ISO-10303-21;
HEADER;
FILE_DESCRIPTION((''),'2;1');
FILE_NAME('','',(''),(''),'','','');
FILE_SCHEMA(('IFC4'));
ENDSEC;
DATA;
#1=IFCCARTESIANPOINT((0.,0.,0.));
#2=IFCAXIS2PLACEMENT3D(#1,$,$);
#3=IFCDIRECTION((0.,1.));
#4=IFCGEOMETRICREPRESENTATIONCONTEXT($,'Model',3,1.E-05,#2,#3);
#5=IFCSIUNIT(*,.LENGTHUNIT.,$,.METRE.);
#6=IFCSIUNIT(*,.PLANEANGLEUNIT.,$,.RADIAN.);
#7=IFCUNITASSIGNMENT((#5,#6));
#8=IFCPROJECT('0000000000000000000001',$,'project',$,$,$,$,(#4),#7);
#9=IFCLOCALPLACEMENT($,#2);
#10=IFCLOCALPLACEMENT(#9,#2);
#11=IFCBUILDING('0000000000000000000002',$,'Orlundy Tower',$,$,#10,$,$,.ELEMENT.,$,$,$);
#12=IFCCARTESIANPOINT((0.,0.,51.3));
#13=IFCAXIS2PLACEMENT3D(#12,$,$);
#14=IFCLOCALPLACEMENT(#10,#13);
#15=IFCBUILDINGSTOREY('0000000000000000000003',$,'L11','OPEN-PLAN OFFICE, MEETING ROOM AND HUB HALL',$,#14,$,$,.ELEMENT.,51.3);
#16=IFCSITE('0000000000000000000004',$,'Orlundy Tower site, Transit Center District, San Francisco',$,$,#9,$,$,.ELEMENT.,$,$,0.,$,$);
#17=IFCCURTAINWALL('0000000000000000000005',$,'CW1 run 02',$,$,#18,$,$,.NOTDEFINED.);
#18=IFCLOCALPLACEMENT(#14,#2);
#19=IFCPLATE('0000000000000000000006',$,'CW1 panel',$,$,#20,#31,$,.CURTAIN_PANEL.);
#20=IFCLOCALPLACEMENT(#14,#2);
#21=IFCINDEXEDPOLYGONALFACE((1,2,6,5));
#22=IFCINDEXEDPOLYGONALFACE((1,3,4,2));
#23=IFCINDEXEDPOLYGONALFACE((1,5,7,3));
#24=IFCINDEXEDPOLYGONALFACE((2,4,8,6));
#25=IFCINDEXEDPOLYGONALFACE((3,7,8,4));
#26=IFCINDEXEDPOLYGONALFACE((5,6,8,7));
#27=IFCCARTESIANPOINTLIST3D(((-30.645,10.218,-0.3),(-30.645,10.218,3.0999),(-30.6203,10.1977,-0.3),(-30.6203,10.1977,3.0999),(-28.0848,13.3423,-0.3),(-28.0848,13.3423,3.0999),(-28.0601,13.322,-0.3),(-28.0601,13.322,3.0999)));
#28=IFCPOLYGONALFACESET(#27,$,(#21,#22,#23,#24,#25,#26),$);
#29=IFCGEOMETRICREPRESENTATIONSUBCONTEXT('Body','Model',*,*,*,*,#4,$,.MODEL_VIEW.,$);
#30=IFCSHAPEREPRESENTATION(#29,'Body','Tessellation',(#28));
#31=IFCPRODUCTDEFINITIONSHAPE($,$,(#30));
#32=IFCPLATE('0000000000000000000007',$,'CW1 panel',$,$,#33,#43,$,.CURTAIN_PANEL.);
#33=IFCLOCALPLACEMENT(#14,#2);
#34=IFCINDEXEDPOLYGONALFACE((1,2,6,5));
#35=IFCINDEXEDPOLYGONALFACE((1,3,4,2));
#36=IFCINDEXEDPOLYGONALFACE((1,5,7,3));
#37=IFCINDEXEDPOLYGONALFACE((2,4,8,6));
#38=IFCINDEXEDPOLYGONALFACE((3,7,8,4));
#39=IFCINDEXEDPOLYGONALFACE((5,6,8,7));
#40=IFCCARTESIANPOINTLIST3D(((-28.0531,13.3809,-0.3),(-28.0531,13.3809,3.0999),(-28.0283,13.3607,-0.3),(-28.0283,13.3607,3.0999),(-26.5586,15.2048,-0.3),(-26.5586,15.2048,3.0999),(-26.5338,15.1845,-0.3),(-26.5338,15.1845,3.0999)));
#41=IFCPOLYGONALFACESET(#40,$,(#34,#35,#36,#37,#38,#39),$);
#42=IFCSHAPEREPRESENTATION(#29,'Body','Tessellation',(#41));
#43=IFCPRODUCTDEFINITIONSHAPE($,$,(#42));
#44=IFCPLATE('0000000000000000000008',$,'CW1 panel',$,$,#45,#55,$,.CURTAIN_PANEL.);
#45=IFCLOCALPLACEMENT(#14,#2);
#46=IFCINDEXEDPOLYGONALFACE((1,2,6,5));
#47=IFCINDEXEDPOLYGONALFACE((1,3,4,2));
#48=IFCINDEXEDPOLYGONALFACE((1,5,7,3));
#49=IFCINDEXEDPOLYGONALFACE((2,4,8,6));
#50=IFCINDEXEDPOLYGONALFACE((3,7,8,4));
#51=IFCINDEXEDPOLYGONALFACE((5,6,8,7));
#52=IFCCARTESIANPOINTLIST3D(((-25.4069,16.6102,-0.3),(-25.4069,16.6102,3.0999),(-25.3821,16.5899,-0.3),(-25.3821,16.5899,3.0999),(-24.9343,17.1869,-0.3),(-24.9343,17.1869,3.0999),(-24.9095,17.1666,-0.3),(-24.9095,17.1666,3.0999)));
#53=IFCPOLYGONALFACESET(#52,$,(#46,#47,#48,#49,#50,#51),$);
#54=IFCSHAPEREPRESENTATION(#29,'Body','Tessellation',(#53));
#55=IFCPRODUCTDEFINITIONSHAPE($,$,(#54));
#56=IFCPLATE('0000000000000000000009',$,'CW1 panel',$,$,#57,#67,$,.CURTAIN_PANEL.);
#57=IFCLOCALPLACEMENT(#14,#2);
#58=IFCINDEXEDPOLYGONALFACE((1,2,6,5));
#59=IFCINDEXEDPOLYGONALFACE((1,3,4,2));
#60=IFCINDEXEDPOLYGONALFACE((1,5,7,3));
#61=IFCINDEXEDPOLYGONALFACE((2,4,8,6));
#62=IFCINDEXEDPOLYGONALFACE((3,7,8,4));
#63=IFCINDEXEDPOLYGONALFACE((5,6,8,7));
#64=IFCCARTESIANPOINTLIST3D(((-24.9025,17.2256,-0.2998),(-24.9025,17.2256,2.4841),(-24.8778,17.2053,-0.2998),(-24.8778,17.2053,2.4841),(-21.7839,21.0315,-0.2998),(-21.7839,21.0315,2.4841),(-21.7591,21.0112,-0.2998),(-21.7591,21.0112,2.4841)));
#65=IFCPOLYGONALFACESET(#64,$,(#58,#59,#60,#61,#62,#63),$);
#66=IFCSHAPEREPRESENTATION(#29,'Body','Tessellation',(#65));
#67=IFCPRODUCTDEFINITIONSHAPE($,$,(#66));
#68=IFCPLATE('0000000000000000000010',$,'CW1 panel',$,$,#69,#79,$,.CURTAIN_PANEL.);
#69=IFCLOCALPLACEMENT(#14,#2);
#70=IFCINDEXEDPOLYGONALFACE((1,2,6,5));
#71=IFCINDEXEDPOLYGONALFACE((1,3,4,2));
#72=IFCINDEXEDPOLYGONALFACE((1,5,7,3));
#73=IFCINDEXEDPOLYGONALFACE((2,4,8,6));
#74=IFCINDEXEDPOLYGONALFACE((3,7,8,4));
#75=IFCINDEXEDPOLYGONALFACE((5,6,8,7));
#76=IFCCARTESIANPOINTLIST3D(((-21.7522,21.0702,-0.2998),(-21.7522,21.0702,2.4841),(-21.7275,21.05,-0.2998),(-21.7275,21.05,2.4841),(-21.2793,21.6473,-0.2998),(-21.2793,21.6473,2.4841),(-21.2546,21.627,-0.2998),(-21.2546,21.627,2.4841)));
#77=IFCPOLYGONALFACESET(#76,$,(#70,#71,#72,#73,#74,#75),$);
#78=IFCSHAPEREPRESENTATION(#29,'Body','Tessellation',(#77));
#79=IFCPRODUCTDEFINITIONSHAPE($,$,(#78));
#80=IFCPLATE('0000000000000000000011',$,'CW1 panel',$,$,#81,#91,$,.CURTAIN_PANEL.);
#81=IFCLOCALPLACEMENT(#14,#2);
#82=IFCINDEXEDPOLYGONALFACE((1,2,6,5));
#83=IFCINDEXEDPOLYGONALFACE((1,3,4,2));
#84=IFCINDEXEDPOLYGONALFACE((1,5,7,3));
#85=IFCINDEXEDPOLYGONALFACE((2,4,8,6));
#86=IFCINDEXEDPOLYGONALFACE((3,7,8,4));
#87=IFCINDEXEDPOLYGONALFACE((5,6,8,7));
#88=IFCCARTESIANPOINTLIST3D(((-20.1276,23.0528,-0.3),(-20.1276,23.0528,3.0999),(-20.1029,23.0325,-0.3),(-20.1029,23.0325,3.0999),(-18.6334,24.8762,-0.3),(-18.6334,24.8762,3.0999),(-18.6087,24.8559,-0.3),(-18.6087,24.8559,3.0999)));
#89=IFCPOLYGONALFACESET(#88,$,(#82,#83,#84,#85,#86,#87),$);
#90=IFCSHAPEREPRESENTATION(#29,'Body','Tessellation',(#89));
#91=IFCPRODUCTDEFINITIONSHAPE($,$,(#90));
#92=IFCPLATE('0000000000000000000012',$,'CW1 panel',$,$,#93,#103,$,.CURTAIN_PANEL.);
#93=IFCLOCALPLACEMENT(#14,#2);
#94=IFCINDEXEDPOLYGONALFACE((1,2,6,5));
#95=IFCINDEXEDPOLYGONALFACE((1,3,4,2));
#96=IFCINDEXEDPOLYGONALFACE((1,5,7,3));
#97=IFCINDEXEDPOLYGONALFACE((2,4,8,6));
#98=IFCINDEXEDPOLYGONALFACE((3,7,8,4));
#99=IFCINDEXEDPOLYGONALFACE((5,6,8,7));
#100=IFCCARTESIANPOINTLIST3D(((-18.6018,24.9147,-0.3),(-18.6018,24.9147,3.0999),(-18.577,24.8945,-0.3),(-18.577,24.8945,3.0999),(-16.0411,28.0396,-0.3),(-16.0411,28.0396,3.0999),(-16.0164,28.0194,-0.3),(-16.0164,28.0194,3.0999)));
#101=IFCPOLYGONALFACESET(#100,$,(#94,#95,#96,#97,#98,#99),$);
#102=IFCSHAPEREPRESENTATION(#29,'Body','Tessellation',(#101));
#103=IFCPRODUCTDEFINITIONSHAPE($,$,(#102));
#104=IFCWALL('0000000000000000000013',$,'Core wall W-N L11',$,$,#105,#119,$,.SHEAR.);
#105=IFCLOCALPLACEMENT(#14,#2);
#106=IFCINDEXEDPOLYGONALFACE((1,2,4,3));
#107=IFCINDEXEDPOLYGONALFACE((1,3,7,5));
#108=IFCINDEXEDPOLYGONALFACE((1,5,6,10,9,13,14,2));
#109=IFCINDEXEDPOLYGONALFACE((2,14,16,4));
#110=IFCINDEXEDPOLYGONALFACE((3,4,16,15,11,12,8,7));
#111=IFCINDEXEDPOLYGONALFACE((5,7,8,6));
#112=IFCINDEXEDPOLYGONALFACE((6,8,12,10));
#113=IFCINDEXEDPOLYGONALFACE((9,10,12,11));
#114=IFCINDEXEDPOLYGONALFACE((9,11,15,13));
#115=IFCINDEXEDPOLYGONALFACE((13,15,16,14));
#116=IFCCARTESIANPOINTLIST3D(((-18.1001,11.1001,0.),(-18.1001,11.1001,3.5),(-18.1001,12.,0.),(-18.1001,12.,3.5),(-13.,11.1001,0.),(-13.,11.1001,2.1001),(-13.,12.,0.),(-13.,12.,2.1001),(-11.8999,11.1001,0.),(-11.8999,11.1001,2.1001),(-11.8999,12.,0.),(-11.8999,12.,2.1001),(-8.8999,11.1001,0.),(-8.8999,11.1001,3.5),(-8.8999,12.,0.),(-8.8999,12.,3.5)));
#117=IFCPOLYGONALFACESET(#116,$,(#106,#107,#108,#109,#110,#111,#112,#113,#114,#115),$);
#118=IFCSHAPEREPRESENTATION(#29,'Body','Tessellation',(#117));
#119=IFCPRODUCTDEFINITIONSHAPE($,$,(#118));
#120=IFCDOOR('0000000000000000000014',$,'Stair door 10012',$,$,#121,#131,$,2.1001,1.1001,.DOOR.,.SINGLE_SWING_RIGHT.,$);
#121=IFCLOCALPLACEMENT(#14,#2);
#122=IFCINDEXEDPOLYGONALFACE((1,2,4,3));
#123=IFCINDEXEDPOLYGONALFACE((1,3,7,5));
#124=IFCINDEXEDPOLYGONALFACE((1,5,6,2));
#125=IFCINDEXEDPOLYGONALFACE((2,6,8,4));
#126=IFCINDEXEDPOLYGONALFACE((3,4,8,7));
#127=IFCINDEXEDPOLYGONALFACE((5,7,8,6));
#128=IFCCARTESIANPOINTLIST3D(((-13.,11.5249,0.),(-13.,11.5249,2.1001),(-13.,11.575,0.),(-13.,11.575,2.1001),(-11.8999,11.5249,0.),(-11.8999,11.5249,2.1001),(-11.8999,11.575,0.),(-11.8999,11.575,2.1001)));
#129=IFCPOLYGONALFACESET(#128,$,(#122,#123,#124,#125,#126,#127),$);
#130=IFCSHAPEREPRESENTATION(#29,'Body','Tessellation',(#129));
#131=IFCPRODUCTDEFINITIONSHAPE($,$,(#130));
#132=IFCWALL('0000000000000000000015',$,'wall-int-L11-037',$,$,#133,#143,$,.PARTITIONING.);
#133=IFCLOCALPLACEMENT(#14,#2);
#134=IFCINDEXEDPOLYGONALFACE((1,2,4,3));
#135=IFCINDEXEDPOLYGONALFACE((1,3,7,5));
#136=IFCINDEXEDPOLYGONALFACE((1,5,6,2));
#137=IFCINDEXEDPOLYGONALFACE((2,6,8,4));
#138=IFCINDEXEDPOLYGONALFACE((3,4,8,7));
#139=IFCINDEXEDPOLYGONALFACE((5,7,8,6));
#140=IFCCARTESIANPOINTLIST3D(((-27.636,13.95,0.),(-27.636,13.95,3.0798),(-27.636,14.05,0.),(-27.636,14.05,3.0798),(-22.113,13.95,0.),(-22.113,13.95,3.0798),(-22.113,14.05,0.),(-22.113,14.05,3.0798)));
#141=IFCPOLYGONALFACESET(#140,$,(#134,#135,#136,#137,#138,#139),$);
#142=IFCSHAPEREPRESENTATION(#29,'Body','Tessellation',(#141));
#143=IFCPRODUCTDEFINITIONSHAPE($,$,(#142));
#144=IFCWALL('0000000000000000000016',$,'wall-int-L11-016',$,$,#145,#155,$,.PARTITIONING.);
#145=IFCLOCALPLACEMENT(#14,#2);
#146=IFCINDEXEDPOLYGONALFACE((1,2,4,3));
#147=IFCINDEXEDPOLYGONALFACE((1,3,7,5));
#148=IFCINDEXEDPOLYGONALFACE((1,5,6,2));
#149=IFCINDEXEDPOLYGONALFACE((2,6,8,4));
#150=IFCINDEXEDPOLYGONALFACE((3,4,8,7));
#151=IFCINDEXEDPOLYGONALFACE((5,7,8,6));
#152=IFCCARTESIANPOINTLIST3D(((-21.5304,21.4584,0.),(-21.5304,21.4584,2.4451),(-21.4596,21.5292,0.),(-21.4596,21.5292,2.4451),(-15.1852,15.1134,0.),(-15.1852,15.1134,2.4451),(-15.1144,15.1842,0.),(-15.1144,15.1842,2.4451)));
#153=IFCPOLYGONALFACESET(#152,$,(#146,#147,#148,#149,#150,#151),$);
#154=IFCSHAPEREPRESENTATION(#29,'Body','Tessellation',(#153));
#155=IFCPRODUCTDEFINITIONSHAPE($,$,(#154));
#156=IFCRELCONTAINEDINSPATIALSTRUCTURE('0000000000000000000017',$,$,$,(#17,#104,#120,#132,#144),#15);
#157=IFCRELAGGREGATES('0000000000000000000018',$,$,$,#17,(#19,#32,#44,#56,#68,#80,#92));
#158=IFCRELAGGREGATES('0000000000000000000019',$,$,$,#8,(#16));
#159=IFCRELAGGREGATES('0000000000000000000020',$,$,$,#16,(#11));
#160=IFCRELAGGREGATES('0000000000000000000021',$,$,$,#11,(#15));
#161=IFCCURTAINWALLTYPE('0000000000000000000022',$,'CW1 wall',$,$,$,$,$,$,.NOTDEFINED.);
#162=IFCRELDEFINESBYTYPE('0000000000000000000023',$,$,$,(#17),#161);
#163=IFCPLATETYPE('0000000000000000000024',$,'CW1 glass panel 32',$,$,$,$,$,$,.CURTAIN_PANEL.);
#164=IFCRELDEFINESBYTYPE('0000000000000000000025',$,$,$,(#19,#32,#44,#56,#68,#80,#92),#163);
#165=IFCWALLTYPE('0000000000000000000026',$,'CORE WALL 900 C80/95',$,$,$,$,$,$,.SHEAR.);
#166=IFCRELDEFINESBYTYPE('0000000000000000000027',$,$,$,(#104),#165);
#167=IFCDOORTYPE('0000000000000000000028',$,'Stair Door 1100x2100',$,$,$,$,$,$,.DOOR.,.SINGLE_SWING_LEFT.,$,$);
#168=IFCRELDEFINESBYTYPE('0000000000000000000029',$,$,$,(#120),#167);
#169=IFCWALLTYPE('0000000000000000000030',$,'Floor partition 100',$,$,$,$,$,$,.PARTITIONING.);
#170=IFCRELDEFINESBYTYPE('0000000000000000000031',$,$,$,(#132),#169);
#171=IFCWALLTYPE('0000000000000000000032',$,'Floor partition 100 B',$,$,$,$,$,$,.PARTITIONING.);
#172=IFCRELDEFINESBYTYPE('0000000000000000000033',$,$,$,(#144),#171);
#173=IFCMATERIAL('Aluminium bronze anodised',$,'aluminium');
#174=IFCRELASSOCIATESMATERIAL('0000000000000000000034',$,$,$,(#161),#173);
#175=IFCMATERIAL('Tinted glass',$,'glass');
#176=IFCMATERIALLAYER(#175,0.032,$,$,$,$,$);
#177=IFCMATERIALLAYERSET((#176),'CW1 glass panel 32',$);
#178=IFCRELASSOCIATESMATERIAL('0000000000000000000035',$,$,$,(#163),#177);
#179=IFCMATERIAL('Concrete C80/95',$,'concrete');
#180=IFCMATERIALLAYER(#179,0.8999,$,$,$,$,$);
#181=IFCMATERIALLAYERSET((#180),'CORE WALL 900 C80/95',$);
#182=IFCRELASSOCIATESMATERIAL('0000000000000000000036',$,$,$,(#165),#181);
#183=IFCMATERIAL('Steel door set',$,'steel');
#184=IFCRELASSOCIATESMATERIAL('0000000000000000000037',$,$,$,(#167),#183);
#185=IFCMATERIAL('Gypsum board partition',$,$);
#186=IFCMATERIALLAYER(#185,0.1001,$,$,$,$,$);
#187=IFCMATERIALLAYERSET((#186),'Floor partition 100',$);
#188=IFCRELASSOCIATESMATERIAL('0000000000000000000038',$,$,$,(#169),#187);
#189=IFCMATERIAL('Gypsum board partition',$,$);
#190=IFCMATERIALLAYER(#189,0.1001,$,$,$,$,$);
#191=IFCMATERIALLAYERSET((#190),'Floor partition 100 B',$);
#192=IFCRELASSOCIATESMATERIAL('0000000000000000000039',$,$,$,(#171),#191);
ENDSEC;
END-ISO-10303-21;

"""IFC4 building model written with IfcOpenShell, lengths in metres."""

from ifc_helpers import new_model, si_unit, direction, frame, frame_2d, origin, origin_2d, place, context, subcontext, project, spatial, rectangle, extrude, material, layer, layer_set, type_object, element, fill, aggregate, save


model = new_model("IFC4")

# Units and contexts
model_context = context("Model", 3, precision=1e-05, world=origin(), true_north=direction((0.0, 1.0)))
body_context = subcontext(model_context, "Body", "Model", "MODEL_VIEW")
ifc_project = project(units=[si_unit("LENGTHUNIT", "METRE"), si_unit("PLANEANGLEUNIT", "RADIAN")], contexts=[model_context])

# Site, building, storey
site_placement = place(None, origin())
site = spatial("IfcSite", under=ifc_project, at=site_placement, Name="Orlundy Tower site, Transit Center District, San Francisco", CompositionType="ELEMENT", RefElevation=0.0)
building_placement = place(site_placement, origin())
building = spatial("IfcBuilding", under=site, at=building_placement, Name="Orlundy Tower", CompositionType="ELEMENT")
storey_placement = place(building_placement, frame((0.0, 0.0, 51.3)))
storey = spatial("IfcBuildingStorey", under=building, at=storey_placement, Name="L11", Description="OPEN-PLAN OFFICE, MEETING ROOM AND HUB HALL", CompositionType="ELEMENT", Elevation=51.3)

# Shared definitions
ifc_material_1 = material(Name="Aluminium bronze anodised", Category="aluminium")
curtain_wall_type = type_object("IfcCurtainWallType", Name="CW1 wall", PredefinedType="NOTDEFINED", material=ifc_material_1)

# Curtain wall
curtain_wall_1_placement = place(storey_placement, origin())
curtain_wall_1 = element("IfcCurtainWall", 1, at=curtain_wall_1_placement, inside=storey, type_object=curtain_wall_type, Name="CW1 run 02", PredefinedType="NOTDEFINED")

# Plates
ifc_material_2 = material(Name="Tinted glass", Category="glass")
ifc_layer_1 = layer(ifc_material_2, 0.032)
ifc_layer_set_1 = layer_set([ifc_layer_1], Name="CW1 glass panel 32")
plate_type = type_object("IfcPlateType", Name="CW1 glass panel 32", PredefinedType="CURTAIN_PANEL", material=ifc_layer_set_1)
plate_1_placement = place(storey_placement, frame((-29.3525, 11.77, -0.3), z_axis=(0.0, 0.0, 1.0), x_axis=(0.633818, 0.773482, 0.0)))
plate_1 = element("IfcPlate", 2, at=plate_1_placement, type_object=plate_type, Name="CW1 panel", PredefinedType="CURTAIN_PANEL", context=body_context, shape_type="SweptSolid", body=[
    extrude(rectangle(XDim=4.0393, YDim=0.032, at=origin_2d()), origin(), (0.0, 0.0, 1.0), 3.3999),
])
plate_2_placement = place(storey_placement, frame((-27.2935, 14.2827, -0.3), z_axis=(0.0, 0.0, 1.0), x_axis=(0.633818, 0.773482, 0.0)))
plate_2 = element("IfcPlate", 3, at=plate_2_placement, type_object=plate_type, Name="CW1 panel", PredefinedType="CURTAIN_PANEL", context=body_context, shape_type="SweptSolid", body=[
    extrude(rectangle(XDim=2.3579, YDim=0.032, at=origin_2d()), origin(), (0.0, 0.0, 1.0), 3.3999),
])
plate_3_placement = place(storey_placement, frame((-25.1582, 16.8884, -0.3), z_axis=(0.0, 0.0, 1.0), x_axis=(0.633818, 0.773482, 0.0)))
plate_3 = element("IfcPlate", 4, at=plate_3_placement, type_object=plate_type, Name="CW1 panel", PredefinedType="CURTAIN_PANEL", context=body_context, shape_type="SweptSolid", body=[
    extrude(rectangle(XDim=0.7456, YDim=0.032, at=origin_2d()), origin(), (0.0, 0.0, 1.0), 3.3999),
])
plate_4_placement = place(storey_placement, frame((-23.3308, 19.1184, -0.2998), z_axis=(0.0, 0.0, 1.0), x_axis=(0.633818, 0.773482, 0.0)))
plate_4 = element("IfcPlate", 5, at=plate_4_placement, type_object=plate_type, Name="CW1 panel", PredefinedType="CURTAIN_PANEL", context=body_context, shape_type="SweptSolid", body=[
    extrude(rectangle(XDim=4.9204, YDim=0.032, at=origin_2d()), origin(), (0.0, 0.0, 1.0), 2.7839),
])
plate_5_placement = place(storey_placement, frame((-21.5034, 21.3486, -0.2998), z_axis=(0.0, 0.0, 1.0), x_axis=(0.633818, 0.773482, 0.0)))
plate_5 = element("IfcPlate", 6, at=plate_5_placement, type_object=plate_type, Name="CW1 panel", PredefinedType="CURTAIN_PANEL", context=body_context, shape_type="SweptSolid", body=[
    extrude(rectangle(XDim=0.7461, YDim=0.032, at=origin_2d()), origin(), (0.0, 0.0, 1.0), 2.7839),
])
plate_6_placement = place(storey_placement, frame((-19.3682, 23.9543, -0.3), z_axis=(0.0, 0.0, 1.0), x_axis=(0.633818, 0.773482, 0.0)))
plate_6 = element("IfcPlate", 7, at=plate_6_placement, type_object=plate_type, Name="CW1 panel", PredefinedType="CURTAIN_PANEL", context=body_context, shape_type="SweptSolid", body=[
    extrude(rectangle(XDim=2.3574, YDim=0.032, at=origin_2d()), origin(), (0.0, 0.0, 1.0), 3.3999),
])
plate_7_placement = place(storey_placement, frame((-17.3091, 26.467, -0.3), z_axis=(0.0, 0.0, 1.0), x_axis=(0.633818, 0.773482, 0.0)))
plate_7 = element("IfcPlate", 8, at=plate_7_placement, type_object=plate_type, Name="CW1 panel", PredefinedType="CURTAIN_PANEL", context=body_context, shape_type="SweptSolid", body=[
    extrude(rectangle(XDim=4.04, YDim=0.032, at=origin_2d()), origin(), (0.0, 0.0, 1.0), 3.3999),
])
aggregate(curtain_wall_1, [plate_1, plate_2, plate_3, plate_4, plate_5, plate_6, plate_7])

# Wall, opening, door
ifc_material_3 = material(Name="Concrete C80/95", Category="concrete")
ifc_layer_2 = layer(ifc_material_3, 0.8999)
ifc_layer_set_2 = layer_set([ifc_layer_2], Name="CORE WALL 900 C80/95")
wall_type_1 = type_object("IfcWallType", Name="CORE WALL 900 C80/95", PredefinedType="SHEAR", material=ifc_layer_set_2)
wall_1_placement = place(storey_placement, frame((-18.1001, 11.55, 0.0), z_axis=(0.0, 0.0, 1.0), x_axis=(1.0, 0.0, 0.0)))
wall_1 = element("IfcWall", 9, at=wall_1_placement, inside=storey, type_object=wall_type_1, Name="Core wall W-N L11", PredefinedType="SHEAR", context=body_context, shape_type="SweptSolid", body=[
    extrude(rectangle(XDim=9.2002, YDim=0.8999, at=frame_2d((4.6001, 0.0))), origin(), (0.0, 0.0, 1.0), 3.5),
])
opening_1_placement = place(wall_1_placement, frame((5.1001, 0.0, 0.0)))
opening_1 = element("IfcOpeningElement", 10, at=opening_1_placement, cuts=wall_1, PredefinedType="OPENING", context=body_context, shape_type="SweptSolid", body=[
    extrude(rectangle(XDim=1.1001, YDim=2.1001, at=frame_2d((0.55, 1.05))), frame((0.0, 0.46, 0.0), z_axis=(0.0, -1.0, 0.0), x_axis=(1.0, 0.0, 0.0)), (0.0, 0.0, 1.0), 0.9199),
])
ifc_material_4 = material(Name="Steel door set", Category="steel")
door_type_1 = type_object("IfcDoorType", Name="Stair Door 1100x2100", OperationType="SINGLE_SWING_LEFT", PredefinedType="DOOR", material=ifc_material_4)
door_1_placement = place(opening_1_placement, origin())
door_1 = element("IfcDoor", 11, at=door_1_placement, inside=storey, type_object=door_type_1, Name="Stair door 10012", OperationType="SINGLE_SWING_RIGHT", OverallHeight=2.1001, OverallWidth=1.1001, PredefinedType="DOOR", context=body_context, shape_type="SweptSolid", body=[
    extrude(rectangle(XDim=1.1001, YDim=2.1001, at=frame_2d((0.55, 1.05))), frame((0.0, 0.0249, 0.0), z_axis=(0.0, -1.0, 0.0), x_axis=(1.0, 0.0, 0.0)), (0.0, 0.0, 1.0), 0.05),
])
fill(opening_1, door_1)

# Walls
ifc_material_5 = material(Name="Gypsum board partition")
ifc_layer_3 = layer(ifc_material_5, 0.1001)
ifc_layer_set_3 = layer_set([ifc_layer_3], Name="Floor partition 100")
wall_type_2 = type_object("IfcWallType", Name="Floor partition 100", PredefinedType="PARTITIONING", material=ifc_layer_set_3)
wall_2_placement = place(storey_placement, frame((-27.636, 14.0, 0.0), z_axis=(0.0, 0.0, 1.0), x_axis=(1.0, 0.0, 0.0)))
element("IfcWall", 12, at=wall_2_placement, inside=storey, type_object=wall_type_2, Name="wall-int-L11-037", PredefinedType="PARTITIONING", context=body_context, shape_type="SweptSolid", body=[
    extrude(rectangle(XDim=5.5229, YDim=0.1001, at=frame_2d((2.7615, 0.0))), origin(), (0.0, 0.0, 1.0), 3.0798),
])
ifc_material_6 = material(Name="Gypsum board partition")
ifc_layer_4 = layer(ifc_material_6, 0.1001)
ifc_layer_set_4 = layer_set([ifc_layer_4], Name="Floor partition 100 B")
wall_type_3 = type_object("IfcWallType", Name="Floor partition 100 B", PredefinedType="PARTITIONING", material=ifc_layer_set_4)
wall_3_placement = place(storey_placement, frame((-21.4951, 21.4939, 0.0), z_axis=(0.0, 0.0, 1.0), x_axis=(0.70712, -0.707093, 0.0)))
element("IfcWall", 13, at=wall_3_placement, inside=storey, type_object=wall_type_3, Name="wall-int-L11-016", PredefinedType="PARTITIONING", context=body_context, shape_type="SweptSolid", body=[
    extrude(rectangle(XDim=8.9734, YDim=0.1001, at=frame_2d((4.4868, 0.0))), origin(), (0.0, 0.0, 1.0), 2.4451),
])

save(model, "model.ifc")
